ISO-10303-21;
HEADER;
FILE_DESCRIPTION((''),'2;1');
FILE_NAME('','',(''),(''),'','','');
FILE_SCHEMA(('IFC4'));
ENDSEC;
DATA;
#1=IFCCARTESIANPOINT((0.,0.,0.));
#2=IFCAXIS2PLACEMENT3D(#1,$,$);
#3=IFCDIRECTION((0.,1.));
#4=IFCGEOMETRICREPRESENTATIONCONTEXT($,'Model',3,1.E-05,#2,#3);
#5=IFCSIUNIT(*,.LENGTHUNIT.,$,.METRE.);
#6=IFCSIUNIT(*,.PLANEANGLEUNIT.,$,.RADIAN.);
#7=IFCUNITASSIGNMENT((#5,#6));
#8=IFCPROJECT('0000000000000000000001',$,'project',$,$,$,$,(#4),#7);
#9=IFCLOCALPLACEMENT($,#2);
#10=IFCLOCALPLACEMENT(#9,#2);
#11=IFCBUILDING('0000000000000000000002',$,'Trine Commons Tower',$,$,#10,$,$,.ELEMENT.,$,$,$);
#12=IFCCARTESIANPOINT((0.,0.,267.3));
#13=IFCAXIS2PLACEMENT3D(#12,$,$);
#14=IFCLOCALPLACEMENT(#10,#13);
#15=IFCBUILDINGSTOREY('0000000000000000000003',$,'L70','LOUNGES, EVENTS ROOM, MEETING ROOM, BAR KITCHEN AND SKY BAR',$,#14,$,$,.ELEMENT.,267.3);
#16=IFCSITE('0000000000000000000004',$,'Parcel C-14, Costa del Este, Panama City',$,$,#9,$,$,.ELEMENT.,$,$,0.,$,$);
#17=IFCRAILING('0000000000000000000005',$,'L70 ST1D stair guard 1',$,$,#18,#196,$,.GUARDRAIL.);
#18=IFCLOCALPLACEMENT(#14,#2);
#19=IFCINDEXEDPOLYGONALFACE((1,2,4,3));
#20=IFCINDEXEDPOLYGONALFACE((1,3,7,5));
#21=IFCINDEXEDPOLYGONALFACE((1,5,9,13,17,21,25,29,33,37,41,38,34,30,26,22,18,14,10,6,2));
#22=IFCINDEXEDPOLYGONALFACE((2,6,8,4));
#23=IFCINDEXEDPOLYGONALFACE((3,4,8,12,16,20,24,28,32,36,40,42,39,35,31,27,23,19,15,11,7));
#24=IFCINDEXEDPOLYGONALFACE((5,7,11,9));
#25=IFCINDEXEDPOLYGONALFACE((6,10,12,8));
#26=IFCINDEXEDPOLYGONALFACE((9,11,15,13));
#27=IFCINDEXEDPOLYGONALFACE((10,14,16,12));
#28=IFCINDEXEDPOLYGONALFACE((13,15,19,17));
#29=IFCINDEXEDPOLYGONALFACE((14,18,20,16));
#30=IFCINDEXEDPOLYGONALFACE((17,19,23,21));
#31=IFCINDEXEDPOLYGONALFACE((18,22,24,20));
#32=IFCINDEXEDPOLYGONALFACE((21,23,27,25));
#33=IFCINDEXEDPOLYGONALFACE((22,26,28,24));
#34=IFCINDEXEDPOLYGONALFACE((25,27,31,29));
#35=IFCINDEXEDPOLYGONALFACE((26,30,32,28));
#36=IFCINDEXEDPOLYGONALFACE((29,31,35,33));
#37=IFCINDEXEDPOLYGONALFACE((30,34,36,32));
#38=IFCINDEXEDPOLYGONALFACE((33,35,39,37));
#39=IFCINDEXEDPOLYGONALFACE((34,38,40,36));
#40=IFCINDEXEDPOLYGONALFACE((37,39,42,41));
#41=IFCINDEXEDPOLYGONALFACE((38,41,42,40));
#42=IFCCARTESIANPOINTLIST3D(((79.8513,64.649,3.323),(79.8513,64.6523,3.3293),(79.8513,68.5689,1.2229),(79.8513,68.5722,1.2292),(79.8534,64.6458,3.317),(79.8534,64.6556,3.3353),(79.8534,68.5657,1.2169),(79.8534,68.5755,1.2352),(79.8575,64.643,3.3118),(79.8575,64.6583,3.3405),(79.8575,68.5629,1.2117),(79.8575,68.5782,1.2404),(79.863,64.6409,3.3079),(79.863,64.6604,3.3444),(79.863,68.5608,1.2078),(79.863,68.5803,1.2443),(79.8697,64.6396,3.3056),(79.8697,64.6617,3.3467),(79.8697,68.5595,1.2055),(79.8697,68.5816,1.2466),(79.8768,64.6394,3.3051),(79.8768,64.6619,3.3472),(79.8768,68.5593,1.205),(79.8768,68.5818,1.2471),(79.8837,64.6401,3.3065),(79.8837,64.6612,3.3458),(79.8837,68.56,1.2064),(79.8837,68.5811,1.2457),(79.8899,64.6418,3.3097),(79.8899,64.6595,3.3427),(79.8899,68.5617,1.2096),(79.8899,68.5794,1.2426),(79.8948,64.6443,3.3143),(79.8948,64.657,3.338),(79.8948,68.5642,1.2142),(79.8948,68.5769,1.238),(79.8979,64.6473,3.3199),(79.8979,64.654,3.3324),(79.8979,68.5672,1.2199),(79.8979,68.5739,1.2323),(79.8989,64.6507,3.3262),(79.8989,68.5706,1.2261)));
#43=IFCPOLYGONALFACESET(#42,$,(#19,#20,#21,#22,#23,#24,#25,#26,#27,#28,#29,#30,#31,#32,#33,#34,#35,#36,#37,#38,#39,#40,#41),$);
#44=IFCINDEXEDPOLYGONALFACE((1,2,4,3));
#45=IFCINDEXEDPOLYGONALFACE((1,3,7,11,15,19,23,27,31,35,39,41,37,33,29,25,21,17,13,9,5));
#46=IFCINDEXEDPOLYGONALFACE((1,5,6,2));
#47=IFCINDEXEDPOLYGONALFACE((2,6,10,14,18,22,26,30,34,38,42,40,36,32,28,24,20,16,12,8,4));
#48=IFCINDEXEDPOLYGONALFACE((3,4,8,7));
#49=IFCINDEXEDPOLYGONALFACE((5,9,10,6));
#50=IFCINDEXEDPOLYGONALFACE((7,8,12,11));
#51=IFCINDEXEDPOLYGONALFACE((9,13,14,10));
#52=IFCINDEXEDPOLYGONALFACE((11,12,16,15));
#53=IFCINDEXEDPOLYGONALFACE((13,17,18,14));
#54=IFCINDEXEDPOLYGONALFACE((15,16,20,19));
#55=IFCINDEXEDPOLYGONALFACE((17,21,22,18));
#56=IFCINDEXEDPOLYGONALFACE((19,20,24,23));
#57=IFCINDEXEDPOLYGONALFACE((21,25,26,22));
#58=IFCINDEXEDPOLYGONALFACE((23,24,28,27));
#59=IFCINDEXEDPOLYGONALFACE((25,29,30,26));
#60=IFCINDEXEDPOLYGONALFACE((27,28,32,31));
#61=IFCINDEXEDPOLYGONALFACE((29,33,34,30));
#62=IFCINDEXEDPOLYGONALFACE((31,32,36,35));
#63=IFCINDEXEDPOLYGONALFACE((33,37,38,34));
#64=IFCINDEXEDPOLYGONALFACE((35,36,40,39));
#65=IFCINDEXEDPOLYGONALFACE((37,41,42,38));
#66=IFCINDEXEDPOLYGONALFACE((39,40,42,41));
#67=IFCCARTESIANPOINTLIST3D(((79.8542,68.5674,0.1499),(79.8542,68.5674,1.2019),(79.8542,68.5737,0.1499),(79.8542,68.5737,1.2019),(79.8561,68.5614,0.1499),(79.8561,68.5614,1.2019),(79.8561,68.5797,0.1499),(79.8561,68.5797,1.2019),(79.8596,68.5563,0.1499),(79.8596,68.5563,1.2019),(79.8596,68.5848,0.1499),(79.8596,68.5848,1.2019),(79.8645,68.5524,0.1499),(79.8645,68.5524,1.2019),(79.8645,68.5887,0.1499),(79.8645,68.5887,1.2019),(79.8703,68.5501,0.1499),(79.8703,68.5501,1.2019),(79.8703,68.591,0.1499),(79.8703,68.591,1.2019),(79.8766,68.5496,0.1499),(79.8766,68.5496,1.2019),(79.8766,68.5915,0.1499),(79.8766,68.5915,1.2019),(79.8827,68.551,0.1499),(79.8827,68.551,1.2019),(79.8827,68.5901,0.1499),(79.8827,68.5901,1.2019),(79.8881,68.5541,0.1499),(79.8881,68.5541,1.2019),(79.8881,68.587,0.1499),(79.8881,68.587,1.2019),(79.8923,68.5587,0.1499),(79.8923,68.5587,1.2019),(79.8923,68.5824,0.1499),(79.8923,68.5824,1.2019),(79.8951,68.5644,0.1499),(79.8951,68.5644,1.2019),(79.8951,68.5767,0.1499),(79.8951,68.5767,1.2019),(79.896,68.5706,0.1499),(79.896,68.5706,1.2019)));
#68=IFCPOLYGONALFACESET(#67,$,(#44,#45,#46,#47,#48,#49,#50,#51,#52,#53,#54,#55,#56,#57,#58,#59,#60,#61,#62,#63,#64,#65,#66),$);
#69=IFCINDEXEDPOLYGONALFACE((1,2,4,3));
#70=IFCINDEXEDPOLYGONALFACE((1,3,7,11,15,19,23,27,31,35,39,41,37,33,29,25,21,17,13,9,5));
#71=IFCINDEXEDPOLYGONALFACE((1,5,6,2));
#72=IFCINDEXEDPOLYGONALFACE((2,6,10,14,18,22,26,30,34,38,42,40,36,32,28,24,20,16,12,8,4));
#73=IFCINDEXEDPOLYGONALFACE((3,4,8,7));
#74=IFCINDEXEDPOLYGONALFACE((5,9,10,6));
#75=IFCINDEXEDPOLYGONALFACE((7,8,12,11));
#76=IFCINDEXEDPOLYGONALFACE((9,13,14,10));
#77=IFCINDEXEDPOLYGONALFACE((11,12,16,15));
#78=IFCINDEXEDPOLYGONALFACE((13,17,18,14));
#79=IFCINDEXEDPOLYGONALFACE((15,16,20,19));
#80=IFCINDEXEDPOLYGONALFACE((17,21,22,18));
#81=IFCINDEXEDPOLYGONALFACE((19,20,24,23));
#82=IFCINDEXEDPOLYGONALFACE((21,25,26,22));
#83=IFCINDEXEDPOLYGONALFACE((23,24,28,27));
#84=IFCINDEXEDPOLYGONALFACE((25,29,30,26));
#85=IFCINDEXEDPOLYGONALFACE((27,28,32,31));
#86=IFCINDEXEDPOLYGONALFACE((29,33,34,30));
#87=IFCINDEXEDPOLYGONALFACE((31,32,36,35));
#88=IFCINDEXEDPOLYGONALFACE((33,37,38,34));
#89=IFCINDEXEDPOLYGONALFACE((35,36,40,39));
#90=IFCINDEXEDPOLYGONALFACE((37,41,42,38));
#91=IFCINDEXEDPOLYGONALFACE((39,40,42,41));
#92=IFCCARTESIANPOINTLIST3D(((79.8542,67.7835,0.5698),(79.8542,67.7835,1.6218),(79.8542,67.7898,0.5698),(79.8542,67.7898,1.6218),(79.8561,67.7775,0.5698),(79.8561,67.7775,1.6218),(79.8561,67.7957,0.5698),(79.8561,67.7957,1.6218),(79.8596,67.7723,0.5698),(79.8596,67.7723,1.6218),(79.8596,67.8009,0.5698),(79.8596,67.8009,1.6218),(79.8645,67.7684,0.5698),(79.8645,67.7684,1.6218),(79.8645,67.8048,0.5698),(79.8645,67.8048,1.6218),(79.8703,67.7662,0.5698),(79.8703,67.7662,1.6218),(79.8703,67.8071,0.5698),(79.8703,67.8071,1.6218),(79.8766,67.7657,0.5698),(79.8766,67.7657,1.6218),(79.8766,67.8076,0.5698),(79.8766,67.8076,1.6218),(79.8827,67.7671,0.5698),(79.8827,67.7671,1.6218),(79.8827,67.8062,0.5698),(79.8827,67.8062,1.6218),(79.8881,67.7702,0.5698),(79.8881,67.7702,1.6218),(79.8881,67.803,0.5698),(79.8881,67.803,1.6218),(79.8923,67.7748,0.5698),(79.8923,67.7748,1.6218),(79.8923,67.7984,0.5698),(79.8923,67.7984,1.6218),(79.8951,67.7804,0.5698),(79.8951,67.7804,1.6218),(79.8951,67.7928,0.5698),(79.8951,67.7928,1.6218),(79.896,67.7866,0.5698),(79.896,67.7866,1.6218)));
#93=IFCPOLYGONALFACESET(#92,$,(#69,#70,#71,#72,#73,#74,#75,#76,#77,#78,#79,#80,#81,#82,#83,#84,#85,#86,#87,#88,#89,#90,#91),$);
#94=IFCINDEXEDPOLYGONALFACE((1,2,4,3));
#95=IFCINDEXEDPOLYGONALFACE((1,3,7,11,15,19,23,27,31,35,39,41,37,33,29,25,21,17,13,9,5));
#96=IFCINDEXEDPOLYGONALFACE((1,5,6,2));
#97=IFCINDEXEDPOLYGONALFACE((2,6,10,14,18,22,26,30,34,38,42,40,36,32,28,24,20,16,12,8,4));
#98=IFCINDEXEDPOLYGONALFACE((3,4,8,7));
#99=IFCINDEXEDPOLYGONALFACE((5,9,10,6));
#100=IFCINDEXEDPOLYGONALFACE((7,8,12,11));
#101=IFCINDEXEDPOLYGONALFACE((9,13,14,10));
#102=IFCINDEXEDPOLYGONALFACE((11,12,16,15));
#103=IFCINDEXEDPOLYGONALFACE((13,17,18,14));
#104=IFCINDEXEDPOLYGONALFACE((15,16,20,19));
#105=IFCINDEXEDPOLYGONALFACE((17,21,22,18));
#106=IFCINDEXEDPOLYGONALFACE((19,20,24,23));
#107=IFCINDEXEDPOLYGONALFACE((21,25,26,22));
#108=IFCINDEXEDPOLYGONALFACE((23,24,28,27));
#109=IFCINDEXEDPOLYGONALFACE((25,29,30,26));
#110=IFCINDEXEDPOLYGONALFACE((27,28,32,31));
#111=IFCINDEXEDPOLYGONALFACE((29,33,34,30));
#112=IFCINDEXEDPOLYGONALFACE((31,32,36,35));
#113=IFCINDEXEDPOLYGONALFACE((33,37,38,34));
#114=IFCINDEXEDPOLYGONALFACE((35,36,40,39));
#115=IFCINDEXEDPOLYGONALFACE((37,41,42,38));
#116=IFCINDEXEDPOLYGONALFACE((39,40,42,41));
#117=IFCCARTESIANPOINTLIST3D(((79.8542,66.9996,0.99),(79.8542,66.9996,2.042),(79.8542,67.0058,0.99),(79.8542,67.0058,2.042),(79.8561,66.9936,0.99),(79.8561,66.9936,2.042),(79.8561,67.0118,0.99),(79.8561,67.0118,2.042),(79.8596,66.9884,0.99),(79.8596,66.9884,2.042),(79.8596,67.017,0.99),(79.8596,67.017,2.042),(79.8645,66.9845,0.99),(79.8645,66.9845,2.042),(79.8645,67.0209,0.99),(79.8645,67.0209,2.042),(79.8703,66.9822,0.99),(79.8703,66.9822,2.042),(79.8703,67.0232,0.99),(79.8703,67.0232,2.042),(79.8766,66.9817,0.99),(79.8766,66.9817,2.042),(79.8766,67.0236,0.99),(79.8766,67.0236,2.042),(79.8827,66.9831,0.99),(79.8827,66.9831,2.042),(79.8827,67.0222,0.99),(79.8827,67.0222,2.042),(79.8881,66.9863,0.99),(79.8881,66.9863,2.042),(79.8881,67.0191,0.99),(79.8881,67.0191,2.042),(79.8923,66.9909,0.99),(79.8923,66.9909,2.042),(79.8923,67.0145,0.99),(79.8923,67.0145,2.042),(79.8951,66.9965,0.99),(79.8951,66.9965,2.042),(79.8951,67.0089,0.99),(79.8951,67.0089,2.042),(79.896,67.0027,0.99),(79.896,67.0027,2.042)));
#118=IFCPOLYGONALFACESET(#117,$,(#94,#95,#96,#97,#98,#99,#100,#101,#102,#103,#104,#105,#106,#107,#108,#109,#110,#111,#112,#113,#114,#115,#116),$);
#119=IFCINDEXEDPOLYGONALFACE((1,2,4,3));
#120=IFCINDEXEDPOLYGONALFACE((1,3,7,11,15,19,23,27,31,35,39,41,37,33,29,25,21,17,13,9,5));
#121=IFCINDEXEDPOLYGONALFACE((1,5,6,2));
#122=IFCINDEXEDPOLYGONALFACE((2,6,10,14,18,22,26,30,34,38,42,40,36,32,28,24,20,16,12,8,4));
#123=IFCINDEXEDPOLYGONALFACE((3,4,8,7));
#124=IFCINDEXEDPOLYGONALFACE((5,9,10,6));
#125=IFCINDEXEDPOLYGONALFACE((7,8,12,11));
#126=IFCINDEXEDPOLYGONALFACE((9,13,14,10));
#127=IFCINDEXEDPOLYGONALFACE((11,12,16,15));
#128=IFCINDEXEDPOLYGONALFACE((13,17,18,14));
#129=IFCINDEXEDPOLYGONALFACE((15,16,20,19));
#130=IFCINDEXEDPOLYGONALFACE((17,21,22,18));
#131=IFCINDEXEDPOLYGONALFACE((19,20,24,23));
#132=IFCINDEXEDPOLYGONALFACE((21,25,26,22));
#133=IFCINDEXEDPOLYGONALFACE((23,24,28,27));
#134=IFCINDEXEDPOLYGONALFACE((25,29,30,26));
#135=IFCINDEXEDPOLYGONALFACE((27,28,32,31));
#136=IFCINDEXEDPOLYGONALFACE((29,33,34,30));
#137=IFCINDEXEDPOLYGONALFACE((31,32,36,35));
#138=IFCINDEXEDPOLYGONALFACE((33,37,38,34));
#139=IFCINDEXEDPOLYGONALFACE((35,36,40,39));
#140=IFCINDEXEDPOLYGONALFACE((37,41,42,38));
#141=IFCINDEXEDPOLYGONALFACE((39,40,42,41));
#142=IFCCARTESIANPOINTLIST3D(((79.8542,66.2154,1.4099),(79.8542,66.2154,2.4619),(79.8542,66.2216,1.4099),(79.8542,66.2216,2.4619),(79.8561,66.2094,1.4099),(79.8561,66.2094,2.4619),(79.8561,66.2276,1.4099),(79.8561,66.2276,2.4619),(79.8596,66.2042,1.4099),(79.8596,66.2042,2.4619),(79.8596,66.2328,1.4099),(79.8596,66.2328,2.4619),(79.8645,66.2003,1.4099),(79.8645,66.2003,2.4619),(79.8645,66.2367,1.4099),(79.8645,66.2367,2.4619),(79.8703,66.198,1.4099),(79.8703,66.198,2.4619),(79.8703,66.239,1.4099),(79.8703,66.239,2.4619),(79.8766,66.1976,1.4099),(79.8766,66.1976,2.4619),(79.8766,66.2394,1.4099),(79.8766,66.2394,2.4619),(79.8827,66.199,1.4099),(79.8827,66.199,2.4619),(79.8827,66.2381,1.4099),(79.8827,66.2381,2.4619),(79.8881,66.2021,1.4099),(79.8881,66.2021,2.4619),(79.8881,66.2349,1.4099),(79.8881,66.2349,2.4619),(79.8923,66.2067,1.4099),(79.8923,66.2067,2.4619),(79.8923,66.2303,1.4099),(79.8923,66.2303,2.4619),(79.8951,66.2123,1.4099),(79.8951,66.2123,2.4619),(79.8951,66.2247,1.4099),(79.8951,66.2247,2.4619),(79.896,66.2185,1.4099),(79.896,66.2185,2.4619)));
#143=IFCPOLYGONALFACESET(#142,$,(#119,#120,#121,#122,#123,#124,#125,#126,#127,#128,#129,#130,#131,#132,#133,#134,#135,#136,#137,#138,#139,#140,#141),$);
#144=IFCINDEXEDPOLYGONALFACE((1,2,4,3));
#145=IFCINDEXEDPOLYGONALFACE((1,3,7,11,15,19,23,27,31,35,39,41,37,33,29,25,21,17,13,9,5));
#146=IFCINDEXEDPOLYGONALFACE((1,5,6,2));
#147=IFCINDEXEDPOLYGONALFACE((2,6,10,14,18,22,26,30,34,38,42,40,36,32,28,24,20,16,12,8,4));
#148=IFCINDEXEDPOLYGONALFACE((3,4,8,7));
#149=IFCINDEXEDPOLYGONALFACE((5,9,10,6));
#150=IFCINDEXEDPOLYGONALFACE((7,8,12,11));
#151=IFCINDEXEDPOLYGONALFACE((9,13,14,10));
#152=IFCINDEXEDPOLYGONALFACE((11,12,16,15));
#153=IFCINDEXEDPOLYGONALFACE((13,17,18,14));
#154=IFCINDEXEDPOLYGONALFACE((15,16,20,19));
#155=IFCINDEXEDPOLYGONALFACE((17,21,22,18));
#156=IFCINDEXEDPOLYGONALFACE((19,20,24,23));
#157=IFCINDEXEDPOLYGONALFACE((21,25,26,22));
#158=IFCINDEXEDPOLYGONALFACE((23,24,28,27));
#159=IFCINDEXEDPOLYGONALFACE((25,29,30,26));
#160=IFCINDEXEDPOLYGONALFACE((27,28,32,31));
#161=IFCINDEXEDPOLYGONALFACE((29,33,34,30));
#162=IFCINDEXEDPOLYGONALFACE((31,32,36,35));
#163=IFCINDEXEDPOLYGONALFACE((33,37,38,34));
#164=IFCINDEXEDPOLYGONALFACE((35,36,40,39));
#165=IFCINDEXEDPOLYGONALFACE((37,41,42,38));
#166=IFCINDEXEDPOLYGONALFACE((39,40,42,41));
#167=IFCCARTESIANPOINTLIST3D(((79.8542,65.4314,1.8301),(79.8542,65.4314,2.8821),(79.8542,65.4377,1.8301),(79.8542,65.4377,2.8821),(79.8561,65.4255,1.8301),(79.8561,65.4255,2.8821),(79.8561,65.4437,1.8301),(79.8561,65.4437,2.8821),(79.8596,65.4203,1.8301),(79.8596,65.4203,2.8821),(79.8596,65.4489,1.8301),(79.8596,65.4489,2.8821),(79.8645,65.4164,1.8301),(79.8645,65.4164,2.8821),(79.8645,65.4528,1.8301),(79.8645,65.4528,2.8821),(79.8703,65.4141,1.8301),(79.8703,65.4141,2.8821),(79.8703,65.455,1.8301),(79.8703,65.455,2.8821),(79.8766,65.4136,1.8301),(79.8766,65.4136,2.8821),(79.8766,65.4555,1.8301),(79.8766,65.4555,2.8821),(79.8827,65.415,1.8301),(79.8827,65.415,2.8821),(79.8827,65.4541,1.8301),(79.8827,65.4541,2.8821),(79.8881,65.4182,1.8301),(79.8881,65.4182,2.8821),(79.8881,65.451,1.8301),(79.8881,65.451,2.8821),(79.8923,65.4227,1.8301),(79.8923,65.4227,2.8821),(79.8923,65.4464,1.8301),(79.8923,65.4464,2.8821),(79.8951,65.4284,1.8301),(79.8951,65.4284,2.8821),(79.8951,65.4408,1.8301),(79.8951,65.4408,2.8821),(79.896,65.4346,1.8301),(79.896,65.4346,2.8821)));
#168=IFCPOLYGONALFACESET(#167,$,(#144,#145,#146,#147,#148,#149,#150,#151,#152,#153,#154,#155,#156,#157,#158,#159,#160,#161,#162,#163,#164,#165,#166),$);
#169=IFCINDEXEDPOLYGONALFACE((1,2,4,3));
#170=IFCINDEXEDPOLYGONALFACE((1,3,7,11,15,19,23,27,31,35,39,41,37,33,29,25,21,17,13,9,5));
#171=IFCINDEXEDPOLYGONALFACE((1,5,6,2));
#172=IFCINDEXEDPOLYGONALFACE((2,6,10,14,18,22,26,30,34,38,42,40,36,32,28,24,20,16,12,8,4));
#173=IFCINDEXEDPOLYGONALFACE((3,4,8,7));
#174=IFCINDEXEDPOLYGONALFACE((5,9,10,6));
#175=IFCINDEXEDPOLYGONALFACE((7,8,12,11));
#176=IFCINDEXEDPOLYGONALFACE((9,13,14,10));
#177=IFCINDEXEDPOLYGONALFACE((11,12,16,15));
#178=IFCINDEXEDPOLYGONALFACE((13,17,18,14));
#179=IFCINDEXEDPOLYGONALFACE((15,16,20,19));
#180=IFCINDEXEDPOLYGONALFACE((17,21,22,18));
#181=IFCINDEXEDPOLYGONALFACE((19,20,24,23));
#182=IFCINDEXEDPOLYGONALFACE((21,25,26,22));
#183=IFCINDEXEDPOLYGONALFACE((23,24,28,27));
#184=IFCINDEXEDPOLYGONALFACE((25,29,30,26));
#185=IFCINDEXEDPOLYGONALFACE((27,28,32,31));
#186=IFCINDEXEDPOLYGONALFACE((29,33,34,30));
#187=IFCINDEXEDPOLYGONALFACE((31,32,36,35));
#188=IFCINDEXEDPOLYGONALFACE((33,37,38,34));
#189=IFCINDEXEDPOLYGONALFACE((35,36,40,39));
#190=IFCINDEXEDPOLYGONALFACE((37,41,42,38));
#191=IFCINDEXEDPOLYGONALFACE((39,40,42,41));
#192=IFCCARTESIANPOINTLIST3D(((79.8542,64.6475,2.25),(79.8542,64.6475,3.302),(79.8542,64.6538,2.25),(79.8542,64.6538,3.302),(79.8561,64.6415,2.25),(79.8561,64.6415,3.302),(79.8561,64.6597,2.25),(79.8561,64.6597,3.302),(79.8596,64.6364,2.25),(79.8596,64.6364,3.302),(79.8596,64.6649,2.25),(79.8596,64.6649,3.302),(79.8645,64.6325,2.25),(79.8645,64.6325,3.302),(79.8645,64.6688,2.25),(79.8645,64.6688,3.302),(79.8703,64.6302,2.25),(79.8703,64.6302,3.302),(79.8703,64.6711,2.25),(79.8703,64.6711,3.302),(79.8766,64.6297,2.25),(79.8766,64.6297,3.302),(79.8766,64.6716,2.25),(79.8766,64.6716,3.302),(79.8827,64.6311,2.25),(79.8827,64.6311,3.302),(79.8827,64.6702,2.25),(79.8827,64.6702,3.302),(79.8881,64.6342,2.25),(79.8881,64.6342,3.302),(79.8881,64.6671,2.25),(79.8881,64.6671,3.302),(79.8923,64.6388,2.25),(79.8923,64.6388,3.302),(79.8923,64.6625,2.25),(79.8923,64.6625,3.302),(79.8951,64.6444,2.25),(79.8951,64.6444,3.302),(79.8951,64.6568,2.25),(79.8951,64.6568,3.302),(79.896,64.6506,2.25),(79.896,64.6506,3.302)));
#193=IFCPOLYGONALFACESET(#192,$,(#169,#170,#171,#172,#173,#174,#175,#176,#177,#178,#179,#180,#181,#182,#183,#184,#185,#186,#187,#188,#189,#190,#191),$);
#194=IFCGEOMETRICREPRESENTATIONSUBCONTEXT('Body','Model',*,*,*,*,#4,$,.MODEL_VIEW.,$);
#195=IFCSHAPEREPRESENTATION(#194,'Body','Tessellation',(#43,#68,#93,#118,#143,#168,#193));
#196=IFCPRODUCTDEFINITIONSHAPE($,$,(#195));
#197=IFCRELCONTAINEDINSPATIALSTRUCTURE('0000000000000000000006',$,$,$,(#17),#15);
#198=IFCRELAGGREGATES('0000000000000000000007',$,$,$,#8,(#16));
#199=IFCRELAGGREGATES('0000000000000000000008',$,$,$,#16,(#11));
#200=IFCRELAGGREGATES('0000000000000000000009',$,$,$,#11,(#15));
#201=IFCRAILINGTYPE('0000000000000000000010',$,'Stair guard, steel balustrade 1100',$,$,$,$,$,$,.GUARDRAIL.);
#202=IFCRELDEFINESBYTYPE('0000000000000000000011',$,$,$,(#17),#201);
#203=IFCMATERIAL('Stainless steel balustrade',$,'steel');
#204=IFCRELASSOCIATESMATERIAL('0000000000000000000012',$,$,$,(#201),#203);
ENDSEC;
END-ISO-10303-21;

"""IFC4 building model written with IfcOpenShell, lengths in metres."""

from ifc_helpers import new_model, si_unit, direction, frame, origin, origin_2d, place, context, subcontext, project, spatial, circle, extrude, material, type_object, element, save


model = new_model("IFC4")

# Units and contexts
model_context = context("Model", 3, precision=1e-05, world=origin(), true_north=direction((0.0, 1.0)))
body_context = subcontext(model_context, "Body", "Model", "MODEL_VIEW")
ifc_project = project(units=[si_unit("LENGTHUNIT", "METRE"), si_unit("PLANEANGLEUNIT", "RADIAN")], contexts=[model_context])

# Site, building, storey
site_placement = place(None, origin())
site = spatial("IfcSite", under=ifc_project, at=site_placement, Name="Parcel C-14, Costa del Este, Panama City", CompositionType="ELEMENT", RefElevation=0.0)
building_placement = place(site_placement, origin())
building = spatial("IfcBuilding", under=site, at=building_placement, Name="Trine Commons Tower", CompositionType="ELEMENT")
storey_placement = place(building_placement, frame((0.0, 0.0, 267.3)))
storey = spatial("IfcBuildingStorey", under=building, at=storey_placement, Name="L70", Description="LOUNGES, EVENTS ROOM, MEETING ROOM, BAR KITCHEN AND SKY BAR", CompositionType="ELEMENT", Elevation=267.3)

# Railing
ifc_material_1 = material(Name="Stainless steel balustrade", Category="steel")
railing_type_1 = type_object("IfcRailingType", Name="Stair guard, steel balustrade 1100", PredefinedType="GUARDRAIL", material=ifc_material_1)
railing_1_placement = place(storey_placement, frame((79.875, 68.5706, 0.1499)))
element("IfcRailing", 1, at=railing_1_placement, inside=storey, type_object=railing_type_1, Name="L70 ST1D stair guard 1", PredefinedType="GUARDRAIL", context=body_context, shape_type="SweptSolid", body=[
    extrude(circle(Radius=0.0239, at=origin_2d()), frame((0.0, 0.0, 1.0762), z_axis=(0.0, -0.881467, 0.472246), x_axis=(1.0, 0.0, 0.0)), (0.0, 0.0, 1.0), 4.447),
    extrude(circle(Radius=0.021, at=origin_2d()), origin(), (0.0, 0.0, 1.0), 1.052),
    extrude(circle(Radius=0.021, at=origin_2d()), frame((0.0, -0.7839, 0.4199)), (0.0, 0.0, 1.0), 1.052),
    extrude(circle(Radius=0.021, at=origin_2d()), frame((0.0, -1.5679, 0.8401)), (0.0, 0.0, 1.0), 1.052),
    extrude(circle(Radius=0.021, at=origin_2d()), frame((0.0, -2.3521, 1.26)), (0.0, 0.0, 1.0), 1.052),
    extrude(circle(Radius=0.021, at=origin_2d()), frame((0.0, -3.136, 1.6802)), (0.0, 0.0, 1.0), 1.052),
    extrude(circle(Radius=0.021, at=origin_2d()), frame((0.0, -3.9199, 2.1001)), (0.0, 0.0, 1.0), 1.052),
])

save(model, "model.ifc")
